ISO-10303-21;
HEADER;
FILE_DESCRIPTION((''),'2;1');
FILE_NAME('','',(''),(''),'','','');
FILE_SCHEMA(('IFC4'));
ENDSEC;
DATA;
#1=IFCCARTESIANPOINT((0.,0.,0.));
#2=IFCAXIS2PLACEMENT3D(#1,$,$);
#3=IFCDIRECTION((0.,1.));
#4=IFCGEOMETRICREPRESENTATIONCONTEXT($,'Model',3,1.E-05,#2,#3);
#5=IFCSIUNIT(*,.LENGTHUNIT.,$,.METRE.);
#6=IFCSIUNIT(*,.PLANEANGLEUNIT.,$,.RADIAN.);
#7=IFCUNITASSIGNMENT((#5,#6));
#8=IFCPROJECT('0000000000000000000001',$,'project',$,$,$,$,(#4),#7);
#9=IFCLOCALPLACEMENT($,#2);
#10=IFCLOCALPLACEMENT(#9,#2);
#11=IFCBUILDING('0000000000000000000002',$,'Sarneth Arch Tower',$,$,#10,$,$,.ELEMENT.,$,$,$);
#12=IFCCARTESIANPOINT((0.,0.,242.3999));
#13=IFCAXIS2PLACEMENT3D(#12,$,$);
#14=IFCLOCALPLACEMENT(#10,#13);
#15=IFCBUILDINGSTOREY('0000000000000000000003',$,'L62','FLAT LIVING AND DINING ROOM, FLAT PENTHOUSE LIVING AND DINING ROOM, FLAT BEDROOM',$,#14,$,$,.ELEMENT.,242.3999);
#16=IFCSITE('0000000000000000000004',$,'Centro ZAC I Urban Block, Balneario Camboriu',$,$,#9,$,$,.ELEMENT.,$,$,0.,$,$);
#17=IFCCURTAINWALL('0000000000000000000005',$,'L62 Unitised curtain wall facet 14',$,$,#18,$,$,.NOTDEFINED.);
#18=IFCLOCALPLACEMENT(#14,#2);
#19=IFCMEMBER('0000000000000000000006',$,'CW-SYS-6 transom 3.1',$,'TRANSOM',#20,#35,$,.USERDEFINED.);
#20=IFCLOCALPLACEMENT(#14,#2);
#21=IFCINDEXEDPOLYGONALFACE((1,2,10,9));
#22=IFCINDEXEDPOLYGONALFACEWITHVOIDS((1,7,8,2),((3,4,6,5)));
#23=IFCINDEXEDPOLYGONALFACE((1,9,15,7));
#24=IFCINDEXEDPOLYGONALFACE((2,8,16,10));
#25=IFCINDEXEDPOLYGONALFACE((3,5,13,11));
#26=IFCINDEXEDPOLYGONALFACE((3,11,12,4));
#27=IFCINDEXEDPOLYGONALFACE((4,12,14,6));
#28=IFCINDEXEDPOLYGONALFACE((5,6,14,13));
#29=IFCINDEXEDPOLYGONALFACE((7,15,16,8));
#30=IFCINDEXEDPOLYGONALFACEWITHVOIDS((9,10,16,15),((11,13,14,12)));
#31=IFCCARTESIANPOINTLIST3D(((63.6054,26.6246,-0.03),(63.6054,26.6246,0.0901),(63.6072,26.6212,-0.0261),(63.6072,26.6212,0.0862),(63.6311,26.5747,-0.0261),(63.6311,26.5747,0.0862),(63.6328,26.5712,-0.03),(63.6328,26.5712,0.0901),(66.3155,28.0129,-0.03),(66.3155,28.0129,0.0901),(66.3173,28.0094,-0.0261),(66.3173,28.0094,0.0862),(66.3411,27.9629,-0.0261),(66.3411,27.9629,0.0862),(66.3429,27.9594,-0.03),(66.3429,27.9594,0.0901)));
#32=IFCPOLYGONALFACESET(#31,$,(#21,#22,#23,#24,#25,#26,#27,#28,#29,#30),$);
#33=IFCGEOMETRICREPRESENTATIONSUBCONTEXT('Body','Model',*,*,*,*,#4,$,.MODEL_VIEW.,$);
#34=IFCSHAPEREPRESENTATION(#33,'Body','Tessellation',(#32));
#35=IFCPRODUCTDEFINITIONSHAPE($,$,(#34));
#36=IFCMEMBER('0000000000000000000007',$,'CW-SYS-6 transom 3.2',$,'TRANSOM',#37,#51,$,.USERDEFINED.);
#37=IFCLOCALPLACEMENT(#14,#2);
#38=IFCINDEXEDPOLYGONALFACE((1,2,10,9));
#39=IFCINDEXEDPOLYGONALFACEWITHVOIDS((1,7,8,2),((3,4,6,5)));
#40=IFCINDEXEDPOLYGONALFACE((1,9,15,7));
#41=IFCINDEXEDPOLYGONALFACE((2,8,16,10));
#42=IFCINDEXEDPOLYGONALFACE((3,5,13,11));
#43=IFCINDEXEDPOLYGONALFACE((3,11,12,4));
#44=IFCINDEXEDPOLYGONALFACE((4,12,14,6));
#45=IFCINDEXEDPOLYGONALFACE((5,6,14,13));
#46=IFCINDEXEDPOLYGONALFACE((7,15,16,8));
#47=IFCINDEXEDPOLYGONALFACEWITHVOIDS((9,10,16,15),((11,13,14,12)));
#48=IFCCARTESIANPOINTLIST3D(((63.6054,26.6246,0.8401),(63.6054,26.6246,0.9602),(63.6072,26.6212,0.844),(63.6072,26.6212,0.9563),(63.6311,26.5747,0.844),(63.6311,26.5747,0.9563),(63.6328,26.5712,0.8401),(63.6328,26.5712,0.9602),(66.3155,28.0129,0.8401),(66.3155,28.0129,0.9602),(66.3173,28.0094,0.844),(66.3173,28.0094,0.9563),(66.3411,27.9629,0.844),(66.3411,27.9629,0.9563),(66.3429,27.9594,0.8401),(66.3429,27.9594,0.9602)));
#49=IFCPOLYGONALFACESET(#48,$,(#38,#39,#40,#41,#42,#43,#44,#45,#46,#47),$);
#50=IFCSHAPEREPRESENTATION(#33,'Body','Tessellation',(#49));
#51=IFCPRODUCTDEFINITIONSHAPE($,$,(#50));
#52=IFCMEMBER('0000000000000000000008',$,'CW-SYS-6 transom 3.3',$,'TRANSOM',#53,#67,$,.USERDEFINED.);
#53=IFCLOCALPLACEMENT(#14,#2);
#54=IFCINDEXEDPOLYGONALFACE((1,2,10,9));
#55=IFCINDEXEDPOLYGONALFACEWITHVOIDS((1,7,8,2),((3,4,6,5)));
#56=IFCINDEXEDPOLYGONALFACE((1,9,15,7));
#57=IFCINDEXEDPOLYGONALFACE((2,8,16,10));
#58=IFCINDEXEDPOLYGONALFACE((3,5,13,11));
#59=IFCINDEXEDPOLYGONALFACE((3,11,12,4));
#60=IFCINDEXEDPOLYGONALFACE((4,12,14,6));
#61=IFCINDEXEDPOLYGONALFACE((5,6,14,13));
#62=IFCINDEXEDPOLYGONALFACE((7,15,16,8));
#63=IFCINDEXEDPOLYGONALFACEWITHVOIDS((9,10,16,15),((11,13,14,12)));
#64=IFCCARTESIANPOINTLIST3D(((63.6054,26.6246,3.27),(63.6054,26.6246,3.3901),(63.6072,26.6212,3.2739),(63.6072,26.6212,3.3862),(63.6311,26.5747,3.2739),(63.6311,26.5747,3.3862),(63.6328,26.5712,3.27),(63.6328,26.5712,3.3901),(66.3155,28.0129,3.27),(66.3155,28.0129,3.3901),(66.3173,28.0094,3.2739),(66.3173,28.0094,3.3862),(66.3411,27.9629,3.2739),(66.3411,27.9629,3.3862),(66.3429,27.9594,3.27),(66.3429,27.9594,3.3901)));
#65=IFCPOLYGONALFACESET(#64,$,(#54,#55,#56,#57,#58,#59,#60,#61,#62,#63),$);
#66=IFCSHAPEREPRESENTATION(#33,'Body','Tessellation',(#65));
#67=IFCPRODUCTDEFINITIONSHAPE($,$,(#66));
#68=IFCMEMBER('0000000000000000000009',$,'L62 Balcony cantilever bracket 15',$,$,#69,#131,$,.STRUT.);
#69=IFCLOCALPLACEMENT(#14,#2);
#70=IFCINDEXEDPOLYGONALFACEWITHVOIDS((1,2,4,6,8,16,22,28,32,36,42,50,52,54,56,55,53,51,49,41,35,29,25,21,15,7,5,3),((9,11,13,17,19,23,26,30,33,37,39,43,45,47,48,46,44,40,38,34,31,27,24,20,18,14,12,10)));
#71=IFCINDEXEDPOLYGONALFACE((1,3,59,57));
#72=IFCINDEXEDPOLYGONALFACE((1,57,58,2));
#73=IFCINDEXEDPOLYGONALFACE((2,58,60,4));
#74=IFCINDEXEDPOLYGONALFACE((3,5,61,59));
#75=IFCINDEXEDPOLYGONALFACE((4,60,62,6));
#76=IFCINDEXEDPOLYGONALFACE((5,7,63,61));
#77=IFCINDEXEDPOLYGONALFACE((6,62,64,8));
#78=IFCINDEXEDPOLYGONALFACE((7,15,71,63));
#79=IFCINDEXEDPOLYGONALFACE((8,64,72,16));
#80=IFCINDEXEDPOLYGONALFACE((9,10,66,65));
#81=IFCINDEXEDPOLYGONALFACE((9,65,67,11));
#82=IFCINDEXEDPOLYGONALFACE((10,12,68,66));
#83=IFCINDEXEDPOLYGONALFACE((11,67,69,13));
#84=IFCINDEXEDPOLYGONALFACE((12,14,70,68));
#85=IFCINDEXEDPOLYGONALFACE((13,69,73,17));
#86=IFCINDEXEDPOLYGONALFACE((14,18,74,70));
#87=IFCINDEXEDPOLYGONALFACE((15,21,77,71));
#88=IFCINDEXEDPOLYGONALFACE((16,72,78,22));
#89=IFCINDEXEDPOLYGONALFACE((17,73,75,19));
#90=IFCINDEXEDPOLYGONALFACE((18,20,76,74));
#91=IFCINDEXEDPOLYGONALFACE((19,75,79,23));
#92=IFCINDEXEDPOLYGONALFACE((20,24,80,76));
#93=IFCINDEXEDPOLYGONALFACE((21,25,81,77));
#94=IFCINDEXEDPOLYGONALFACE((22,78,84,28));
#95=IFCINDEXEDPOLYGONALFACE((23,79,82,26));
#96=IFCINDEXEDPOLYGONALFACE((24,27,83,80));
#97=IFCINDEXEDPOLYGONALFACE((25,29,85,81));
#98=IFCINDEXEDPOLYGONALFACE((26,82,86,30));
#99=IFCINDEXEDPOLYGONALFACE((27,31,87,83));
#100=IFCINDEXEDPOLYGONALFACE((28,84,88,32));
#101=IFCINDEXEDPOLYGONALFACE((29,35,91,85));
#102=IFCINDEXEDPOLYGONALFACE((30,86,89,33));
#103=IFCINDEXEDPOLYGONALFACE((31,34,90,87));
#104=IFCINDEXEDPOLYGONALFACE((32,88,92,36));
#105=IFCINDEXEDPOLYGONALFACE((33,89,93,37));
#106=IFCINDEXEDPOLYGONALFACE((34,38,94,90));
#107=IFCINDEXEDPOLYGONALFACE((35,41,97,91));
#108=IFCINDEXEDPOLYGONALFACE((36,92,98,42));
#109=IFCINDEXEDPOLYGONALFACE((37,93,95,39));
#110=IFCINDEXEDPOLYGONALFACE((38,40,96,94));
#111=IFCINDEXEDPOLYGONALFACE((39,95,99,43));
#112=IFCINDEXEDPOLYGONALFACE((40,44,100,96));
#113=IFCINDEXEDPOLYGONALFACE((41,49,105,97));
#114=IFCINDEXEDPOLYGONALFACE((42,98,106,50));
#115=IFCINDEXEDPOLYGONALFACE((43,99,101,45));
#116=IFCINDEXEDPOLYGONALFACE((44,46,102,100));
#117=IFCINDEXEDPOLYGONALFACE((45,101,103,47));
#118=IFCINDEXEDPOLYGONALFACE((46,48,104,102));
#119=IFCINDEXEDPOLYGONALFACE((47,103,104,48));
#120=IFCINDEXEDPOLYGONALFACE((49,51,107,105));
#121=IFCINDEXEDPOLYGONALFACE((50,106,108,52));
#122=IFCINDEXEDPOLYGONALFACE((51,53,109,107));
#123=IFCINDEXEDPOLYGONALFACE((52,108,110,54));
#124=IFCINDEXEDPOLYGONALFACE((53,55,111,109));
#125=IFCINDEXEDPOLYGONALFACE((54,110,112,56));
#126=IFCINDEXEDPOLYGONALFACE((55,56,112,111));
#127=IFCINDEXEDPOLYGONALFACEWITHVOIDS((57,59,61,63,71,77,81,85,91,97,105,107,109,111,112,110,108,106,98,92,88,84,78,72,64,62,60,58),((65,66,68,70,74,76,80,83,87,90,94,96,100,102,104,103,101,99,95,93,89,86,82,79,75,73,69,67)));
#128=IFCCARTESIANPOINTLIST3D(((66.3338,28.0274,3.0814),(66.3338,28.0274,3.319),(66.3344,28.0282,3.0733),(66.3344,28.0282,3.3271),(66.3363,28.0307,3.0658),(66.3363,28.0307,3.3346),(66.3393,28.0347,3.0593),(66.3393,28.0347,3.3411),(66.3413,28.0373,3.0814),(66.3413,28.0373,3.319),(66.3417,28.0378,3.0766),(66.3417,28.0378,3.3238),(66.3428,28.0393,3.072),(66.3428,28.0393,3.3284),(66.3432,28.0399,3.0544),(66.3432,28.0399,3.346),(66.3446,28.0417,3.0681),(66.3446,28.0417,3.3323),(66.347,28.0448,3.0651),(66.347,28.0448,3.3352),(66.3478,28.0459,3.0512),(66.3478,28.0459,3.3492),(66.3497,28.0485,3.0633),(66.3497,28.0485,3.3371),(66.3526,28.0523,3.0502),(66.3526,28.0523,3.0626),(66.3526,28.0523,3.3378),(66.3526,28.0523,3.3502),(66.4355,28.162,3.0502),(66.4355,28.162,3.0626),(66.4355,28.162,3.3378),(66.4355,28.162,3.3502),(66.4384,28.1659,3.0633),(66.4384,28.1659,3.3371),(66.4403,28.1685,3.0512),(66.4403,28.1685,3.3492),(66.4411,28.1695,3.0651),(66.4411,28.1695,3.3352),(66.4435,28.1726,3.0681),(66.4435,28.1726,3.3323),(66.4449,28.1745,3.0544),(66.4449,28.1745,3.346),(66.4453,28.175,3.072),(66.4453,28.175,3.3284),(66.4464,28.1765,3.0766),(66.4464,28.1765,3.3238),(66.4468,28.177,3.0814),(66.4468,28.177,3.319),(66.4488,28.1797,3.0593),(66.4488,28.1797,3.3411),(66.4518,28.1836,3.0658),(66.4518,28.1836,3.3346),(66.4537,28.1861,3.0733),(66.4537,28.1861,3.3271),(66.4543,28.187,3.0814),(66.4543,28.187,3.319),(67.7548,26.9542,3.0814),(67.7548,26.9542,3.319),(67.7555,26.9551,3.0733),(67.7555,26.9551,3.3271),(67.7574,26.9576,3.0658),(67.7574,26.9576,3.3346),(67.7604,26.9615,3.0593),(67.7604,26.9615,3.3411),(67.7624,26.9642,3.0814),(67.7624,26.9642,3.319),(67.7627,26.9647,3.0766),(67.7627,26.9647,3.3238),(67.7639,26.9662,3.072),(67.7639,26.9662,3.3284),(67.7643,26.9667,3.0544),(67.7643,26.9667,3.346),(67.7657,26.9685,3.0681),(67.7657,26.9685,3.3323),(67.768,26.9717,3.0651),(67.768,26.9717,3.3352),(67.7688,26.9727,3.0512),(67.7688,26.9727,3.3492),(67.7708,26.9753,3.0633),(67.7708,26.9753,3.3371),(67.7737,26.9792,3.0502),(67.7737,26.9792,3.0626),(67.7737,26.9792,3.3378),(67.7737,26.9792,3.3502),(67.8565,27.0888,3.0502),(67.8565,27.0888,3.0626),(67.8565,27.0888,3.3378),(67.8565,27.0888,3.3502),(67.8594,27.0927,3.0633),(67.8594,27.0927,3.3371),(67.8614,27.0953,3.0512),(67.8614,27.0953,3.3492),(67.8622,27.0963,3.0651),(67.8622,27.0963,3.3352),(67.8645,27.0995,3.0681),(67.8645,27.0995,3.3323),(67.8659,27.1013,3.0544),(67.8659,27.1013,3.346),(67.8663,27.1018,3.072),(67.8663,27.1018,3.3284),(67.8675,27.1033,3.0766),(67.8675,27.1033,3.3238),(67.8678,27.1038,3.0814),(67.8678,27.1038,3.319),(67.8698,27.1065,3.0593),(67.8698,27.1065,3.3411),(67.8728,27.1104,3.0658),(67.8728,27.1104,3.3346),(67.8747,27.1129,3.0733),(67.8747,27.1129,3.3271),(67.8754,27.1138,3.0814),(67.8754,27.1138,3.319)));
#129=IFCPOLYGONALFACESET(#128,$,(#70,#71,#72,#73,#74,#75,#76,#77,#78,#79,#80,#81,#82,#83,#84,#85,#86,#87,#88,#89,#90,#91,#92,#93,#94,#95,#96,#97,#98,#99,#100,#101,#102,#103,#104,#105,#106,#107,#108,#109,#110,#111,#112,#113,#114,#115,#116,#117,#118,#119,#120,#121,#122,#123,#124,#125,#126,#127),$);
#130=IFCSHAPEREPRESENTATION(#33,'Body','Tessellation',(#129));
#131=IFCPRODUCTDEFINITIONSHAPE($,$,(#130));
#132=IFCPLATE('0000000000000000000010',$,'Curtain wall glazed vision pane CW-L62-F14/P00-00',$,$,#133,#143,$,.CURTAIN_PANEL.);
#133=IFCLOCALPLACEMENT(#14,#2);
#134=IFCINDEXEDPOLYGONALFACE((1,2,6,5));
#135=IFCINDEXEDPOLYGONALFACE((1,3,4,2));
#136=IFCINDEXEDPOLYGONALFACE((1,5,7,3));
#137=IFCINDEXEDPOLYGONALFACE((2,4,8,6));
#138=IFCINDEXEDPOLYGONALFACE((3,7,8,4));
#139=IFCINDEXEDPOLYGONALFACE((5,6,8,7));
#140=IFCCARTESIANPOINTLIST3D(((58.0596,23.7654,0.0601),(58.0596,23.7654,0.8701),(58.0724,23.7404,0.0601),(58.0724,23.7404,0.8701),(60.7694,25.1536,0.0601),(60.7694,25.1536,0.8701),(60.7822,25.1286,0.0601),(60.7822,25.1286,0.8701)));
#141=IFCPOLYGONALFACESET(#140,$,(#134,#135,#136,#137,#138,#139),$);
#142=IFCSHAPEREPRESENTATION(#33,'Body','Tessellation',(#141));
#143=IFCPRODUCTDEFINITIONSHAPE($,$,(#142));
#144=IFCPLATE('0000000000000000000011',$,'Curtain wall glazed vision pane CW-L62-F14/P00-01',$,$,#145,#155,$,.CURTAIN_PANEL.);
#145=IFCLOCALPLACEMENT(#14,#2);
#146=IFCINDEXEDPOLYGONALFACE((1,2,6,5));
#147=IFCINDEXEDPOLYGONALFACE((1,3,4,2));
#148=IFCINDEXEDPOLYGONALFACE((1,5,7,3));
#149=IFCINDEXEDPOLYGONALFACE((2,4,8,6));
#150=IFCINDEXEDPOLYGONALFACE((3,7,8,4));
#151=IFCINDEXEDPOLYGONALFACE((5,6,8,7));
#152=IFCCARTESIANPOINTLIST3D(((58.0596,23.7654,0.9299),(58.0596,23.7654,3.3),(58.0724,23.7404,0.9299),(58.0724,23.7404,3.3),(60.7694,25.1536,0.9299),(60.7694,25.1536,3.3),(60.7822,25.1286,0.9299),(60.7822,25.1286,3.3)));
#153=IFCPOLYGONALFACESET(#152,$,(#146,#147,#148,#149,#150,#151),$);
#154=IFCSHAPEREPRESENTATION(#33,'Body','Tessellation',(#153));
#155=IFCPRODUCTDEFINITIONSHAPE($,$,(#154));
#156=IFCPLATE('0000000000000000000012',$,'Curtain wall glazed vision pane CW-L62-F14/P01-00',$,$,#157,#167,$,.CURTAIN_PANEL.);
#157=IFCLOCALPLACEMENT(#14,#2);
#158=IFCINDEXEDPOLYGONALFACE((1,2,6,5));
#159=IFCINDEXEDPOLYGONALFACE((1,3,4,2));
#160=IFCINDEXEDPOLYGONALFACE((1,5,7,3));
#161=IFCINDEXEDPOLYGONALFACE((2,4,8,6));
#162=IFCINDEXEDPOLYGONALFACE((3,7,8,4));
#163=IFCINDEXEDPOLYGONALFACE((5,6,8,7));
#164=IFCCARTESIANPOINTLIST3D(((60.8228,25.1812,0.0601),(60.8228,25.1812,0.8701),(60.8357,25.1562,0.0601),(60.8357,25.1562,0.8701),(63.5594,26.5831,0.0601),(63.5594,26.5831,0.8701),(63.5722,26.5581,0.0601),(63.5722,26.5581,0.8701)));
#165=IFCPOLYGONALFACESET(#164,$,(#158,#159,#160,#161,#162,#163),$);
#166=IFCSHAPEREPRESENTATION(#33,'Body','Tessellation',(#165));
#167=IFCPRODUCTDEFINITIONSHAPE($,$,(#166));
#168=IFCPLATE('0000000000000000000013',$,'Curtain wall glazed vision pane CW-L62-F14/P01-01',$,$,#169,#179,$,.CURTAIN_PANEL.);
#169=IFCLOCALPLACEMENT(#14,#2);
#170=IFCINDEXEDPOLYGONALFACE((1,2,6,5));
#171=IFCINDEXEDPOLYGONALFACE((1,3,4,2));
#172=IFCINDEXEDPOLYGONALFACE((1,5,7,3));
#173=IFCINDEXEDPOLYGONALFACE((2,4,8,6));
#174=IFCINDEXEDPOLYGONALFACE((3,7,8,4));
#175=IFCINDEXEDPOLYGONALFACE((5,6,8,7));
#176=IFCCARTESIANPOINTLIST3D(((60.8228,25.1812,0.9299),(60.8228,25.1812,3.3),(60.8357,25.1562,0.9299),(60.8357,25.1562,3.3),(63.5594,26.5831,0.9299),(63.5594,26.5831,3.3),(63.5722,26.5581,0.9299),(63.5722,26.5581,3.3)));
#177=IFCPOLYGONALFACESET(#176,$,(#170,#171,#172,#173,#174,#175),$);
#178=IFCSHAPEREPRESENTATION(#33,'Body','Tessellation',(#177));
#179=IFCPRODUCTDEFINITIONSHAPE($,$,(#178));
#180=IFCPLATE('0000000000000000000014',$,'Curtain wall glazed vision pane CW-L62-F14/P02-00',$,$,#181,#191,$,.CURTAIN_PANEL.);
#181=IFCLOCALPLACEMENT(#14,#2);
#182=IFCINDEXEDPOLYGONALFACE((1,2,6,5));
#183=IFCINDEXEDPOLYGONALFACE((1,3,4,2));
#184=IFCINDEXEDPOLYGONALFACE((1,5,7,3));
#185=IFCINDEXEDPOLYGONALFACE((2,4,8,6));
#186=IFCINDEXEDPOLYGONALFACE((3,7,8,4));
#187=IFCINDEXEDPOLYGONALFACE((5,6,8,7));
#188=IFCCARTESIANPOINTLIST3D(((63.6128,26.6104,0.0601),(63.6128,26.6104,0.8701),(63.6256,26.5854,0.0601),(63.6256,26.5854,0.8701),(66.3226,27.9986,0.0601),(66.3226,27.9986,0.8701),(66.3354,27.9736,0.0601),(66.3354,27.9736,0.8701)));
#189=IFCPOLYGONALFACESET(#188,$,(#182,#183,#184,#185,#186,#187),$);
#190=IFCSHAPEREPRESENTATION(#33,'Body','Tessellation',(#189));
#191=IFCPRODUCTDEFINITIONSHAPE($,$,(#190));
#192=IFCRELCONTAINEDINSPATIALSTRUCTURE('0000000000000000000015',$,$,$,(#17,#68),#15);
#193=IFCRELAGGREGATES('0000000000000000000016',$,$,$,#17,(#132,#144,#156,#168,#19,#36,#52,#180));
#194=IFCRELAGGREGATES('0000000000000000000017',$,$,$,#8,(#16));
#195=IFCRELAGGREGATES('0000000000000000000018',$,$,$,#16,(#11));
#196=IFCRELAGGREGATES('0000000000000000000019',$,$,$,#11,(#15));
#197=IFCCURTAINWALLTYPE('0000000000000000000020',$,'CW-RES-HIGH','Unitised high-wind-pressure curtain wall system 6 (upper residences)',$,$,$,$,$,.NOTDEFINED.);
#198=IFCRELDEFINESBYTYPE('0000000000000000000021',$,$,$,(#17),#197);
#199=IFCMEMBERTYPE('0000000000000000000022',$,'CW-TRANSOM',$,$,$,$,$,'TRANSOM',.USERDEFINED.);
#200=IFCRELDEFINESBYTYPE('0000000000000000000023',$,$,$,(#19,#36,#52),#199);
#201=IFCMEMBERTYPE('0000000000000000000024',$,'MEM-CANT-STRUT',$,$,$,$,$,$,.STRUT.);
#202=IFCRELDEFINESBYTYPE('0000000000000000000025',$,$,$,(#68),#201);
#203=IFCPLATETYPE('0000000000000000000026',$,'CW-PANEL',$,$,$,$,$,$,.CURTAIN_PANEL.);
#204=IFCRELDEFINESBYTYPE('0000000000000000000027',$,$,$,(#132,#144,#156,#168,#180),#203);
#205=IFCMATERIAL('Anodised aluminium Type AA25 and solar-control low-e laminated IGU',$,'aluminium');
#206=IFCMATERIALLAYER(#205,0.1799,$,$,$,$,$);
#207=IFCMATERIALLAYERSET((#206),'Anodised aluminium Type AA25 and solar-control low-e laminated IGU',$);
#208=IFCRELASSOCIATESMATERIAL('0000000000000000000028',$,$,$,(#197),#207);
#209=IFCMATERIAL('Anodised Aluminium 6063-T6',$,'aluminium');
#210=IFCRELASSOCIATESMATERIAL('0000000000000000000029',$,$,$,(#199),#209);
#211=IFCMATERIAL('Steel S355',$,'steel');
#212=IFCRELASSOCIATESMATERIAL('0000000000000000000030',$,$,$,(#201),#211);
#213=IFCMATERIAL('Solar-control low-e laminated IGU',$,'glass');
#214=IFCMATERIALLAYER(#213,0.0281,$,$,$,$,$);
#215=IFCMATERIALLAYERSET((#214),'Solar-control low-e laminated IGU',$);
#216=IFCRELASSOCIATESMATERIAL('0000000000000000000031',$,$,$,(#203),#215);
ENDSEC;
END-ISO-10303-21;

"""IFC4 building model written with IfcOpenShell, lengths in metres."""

from ifc_helpers import new_model, si_unit, direction, frame, origin, origin_2d, place, context, subcontext, project, spatial, rectangle, hollow_rectangle, extrude, material, layer, layer_set, material_profile, profile_set, type_object, element, aggregate, save


model = new_model("IFC4")

# Units and contexts
model_context = context("Model", 3, precision=1e-05, world=origin(), true_north=direction((0.0, 1.0)))
body_context = subcontext(model_context, "Body", "Model", "MODEL_VIEW")
ifc_project = project(units=[si_unit("LENGTHUNIT", "METRE"), si_unit("PLANEANGLEUNIT", "RADIAN")], contexts=[model_context])

# Site, building, storey
site_placement = place(None, origin())
site = spatial("IfcSite", under=ifc_project, at=site_placement, Name="Centro ZAC I Urban Block, Balneario Camboriu", CompositionType="ELEMENT", RefElevation=0.0)
building_placement = place(site_placement, origin())
building = spatial("IfcBuilding", under=site, at=building_placement, Name="Sarneth Arch Tower", CompositionType="ELEMENT")
storey_placement = place(building_placement, frame((0.0, 0.0, 242.3999)))
storey = spatial("IfcBuildingStorey", under=building, at=storey_placement, Name="L62", Description="FLAT LIVING AND DINING ROOM, FLAT PENTHOUSE LIVING AND DINING ROOM, FLAT BEDROOM", CompositionType="ELEMENT", Elevation=242.3999)

# Curtain wall, members
ifc_material_1 = material(Name="Anodised aluminium Type AA25 and solar-control low-e laminated IGU", Category="aluminium")
ifc_layer_1 = layer(ifc_material_1, 0.1799)
ifc_layer_set_1 = layer_set([ifc_layer_1], Name="Anodised aluminium Type AA25 and solar-control low-e laminated IGU")
curtain_wall_type = type_object("IfcCurtainWallType", Name="CW-RES-HIGH", Description="Unitised high-wind-pressure curtain wall system 6 (upper residences)", PredefinedType="NOTDEFINED", material=ifc_layer_set_1)
curtain_wall_placement = place(storey_placement, origin())
curtain_wall = element("IfcCurtainWall", 1, at=curtain_wall_placement, inside=storey, type_object=curtain_wall_type, Name="L62 Unitised curtain wall facet 14", PredefinedType="NOTDEFINED")
ifc_material_2 = material(Name="Anodised Aluminium 6063-T6", Category="aluminium")
ifc_material_profile_1 = material_profile(ifc_material_2, hollow_rectangle(XDim=0.0601, YDim=0.1201, WallThickness=0.0039, at=origin_2d()), Name="AL-TRAN-120x60x4")
ifc_profile_set_1 = profile_set([ifc_material_profile_1], Name="Anodised Aluminium 6063-T6")
member_type_1 = type_object("IfcMemberType", Name="CW-TRANSOM", ElementType="TRANSOM", PredefinedType="USERDEFINED", material=ifc_profile_set_1)
member_1_placement = place(storey_placement, frame((63.6191, 26.5979, 0.03), z_axis=(0.890023, 0.455916, 0.0), x_axis=(-0.455916, 0.890023, 0.0)))
member_1 = element("IfcMember", 2, at=member_1_placement, type_object=member_type_1, Name="CW-SYS-6 transom 3.1", ObjectType="TRANSOM", PredefinedType="USERDEFINED", context=body_context, shape_type="SweptSolid", body=[
    extrude(hollow_rectangle(XDim=0.0601, YDim=0.1201, WallThickness=0.0039, at=origin_2d()), origin(), (0.0, 0.0, 1.0), 3.0449),
])
member_2_placement = place(storey_placement, frame((63.6191, 26.5979, 0.9001), z_axis=(0.890023, 0.455916, 0.0), x_axis=(-0.455916, 0.890023, 0.0)))
member_2 = element("IfcMember", 3, at=member_2_placement, type_object=member_type_1, Name="CW-SYS-6 transom 3.2", ObjectType="TRANSOM", PredefinedType="USERDEFINED", context=body_context, shape_type="SweptSolid", body=[
    extrude(hollow_rectangle(XDim=0.0601, YDim=0.1201, WallThickness=0.0039, at=origin_2d()), origin(), (0.0, 0.0, 1.0), 3.0449),
])
member_3_placement = place(storey_placement, frame((63.6191, 26.5979, 3.3301), z_axis=(0.890023, 0.455916, 0.0), x_axis=(-0.455916, 0.890023, 0.0)))
member_3 = element("IfcMember", 4, at=member_3_placement, type_object=member_type_1, Name="CW-SYS-6 transom 3.3", ObjectType="TRANSOM", PredefinedType="USERDEFINED", context=body_context, shape_type="SweptSolid", body=[
    extrude(hollow_rectangle(XDim=0.0601, YDim=0.1201, WallThickness=0.0039, at=origin_2d()), origin(), (0.0, 0.0, 1.0), 3.0449),
])

# Member
ifc_material_3 = material(Name="Steel S355", Category="steel")
ifc_material_profile_2 = material_profile(ifc_material_3, hollow_rectangle(XDim=0.2, YDim=0.3, WallThickness=0.0125, InnerFilletRadius=0.0188, OuterFilletRadius=0.0312, at=origin_2d()), Name="RHS300x200x12.5")
ifc_profile_set_2 = profile_set([ifc_material_profile_2], Name="Steel S355")
member_type_2 = type_object("IfcMemberType", Name="MEM-CANT-STRUT", PredefinedType="STRUT", material=ifc_profile_set_2)
member_4_placement = place(storey_placement, frame((66.394, 28.1072, 3.2002), z_axis=(0.798005, -0.602651, 0.0), x_axis=(0.602651, 0.798005, 0.0)))
element("IfcMember", 5, at=member_4_placement, inside=storey, type_object=member_type_2, Name="L62 Balcony cantilever bracket 15", PredefinedType="STRUT", context=body_context, shape_type="SweptSolid", body=[
    extrude(hollow_rectangle(XDim=0.2, YDim=0.3, WallThickness=0.0125, InnerFilletRadius=0.0188, OuterFilletRadius=0.0312, at=origin_2d()), origin(), (0.0, 0.0, 1.0), 1.7808),
])

# Plates
ifc_material_4 = material(Name="Solar-control low-e laminated IGU", Category="glass")
ifc_layer_2 = layer(ifc_material_4, 0.0281)
ifc_layer_set_2 = layer_set([ifc_layer_2], Name="Solar-control low-e laminated IGU")
plate_type_1 = type_object("IfcPlateType", Name="CW-PANEL", PredefinedType="CURTAIN_PANEL", material=ifc_layer_set_2)
plate_1_placement = place(storey_placement, frame((59.4209, 24.447, 0.0601), z_axis=(0.0, 0.0, 1.0), x_axis=(0.89001, 0.455942, 0.0)))
plate_1 = element("IfcPlate", 6, at=plate_1_placement, type_object=plate_type_1, Name="Curtain wall glazed vision pane CW-L62-F14/P00-00", PredefinedType="CURTAIN_PANEL", context=body_context, shape_type="SweptSolid", body=[
    extrude(rectangle(XDim=3.0447, YDim=0.0281, at=origin_2d()), origin(), (0.0, 0.0, 1.0), 0.8101),
])
plate_2_placement = place(storey_placement, frame((59.4209, 24.447, 0.9299), z_axis=(0.0, 0.0, 1.0), x_axis=(0.89001, 0.455942, 0.0)))
plate_2 = element("IfcPlate", 7, at=plate_2_placement, type_object=plate_type_1, Name="Curtain wall glazed vision pane CW-L62-F14/P00-01", PredefinedType="CURTAIN_PANEL", context=body_context, shape_type="SweptSolid", body=[
    extrude(rectangle(XDim=3.0447, YDim=0.0281, at=origin_2d()), origin(), (0.0, 0.0, 1.0), 2.3701),
])
plate_3_placement = place(storey_placement, frame((62.1975, 25.8696, 0.0601), z_axis=(0.0, 0.0, 1.0), x_axis=(0.89001, 0.455942, 0.0)))
plate_3 = element("IfcPlate", 8, at=plate_3_placement, type_object=plate_type_1, Name="Curtain wall glazed vision pane CW-L62-F14/P01-00", PredefinedType="CURTAIN_PANEL", context=body_context, shape_type="SweptSolid", body=[
    extrude(rectangle(XDim=3.0747, YDim=0.0281, at=origin_2d()), origin(), (0.0, 0.0, 1.0), 0.8101),
])
plate_4_placement = place(storey_placement, frame((62.1975, 25.8696, 0.9299), z_axis=(0.0, 0.0, 1.0), x_axis=(0.89001, 0.455942, 0.0)))
plate_4 = element("IfcPlate", 9, at=plate_4_placement, type_object=plate_type_1, Name="Curtain wall glazed vision pane CW-L62-F14/P01-01", PredefinedType="CURTAIN_PANEL", context=body_context, shape_type="SweptSolid", body=[
    extrude(rectangle(XDim=3.0747, YDim=0.0281, at=origin_2d()), origin(), (0.0, 0.0, 1.0), 2.3701),
])
plate_5_placement = place(storey_placement, frame((64.9741, 27.292, 0.0601), z_axis=(0.0, 0.0, 1.0), x_axis=(0.89001, 0.455942, 0.0)))
plate_5 = element("IfcPlate", 10, at=plate_5_placement, type_object=plate_type_1, Name="Curtain wall glazed vision pane CW-L62-F14/P02-00", PredefinedType="CURTAIN_PANEL", context=body_context, shape_type="SweptSolid", body=[
    extrude(rectangle(XDim=3.0447, YDim=0.0281, at=origin_2d()), origin(), (0.0, 0.0, 1.0), 0.8101),
])
aggregate(curtain_wall, [plate_1, plate_2, plate_3, plate_4, member_1, member_2, member_3, plate_5])

save(model, "model.ifc")
